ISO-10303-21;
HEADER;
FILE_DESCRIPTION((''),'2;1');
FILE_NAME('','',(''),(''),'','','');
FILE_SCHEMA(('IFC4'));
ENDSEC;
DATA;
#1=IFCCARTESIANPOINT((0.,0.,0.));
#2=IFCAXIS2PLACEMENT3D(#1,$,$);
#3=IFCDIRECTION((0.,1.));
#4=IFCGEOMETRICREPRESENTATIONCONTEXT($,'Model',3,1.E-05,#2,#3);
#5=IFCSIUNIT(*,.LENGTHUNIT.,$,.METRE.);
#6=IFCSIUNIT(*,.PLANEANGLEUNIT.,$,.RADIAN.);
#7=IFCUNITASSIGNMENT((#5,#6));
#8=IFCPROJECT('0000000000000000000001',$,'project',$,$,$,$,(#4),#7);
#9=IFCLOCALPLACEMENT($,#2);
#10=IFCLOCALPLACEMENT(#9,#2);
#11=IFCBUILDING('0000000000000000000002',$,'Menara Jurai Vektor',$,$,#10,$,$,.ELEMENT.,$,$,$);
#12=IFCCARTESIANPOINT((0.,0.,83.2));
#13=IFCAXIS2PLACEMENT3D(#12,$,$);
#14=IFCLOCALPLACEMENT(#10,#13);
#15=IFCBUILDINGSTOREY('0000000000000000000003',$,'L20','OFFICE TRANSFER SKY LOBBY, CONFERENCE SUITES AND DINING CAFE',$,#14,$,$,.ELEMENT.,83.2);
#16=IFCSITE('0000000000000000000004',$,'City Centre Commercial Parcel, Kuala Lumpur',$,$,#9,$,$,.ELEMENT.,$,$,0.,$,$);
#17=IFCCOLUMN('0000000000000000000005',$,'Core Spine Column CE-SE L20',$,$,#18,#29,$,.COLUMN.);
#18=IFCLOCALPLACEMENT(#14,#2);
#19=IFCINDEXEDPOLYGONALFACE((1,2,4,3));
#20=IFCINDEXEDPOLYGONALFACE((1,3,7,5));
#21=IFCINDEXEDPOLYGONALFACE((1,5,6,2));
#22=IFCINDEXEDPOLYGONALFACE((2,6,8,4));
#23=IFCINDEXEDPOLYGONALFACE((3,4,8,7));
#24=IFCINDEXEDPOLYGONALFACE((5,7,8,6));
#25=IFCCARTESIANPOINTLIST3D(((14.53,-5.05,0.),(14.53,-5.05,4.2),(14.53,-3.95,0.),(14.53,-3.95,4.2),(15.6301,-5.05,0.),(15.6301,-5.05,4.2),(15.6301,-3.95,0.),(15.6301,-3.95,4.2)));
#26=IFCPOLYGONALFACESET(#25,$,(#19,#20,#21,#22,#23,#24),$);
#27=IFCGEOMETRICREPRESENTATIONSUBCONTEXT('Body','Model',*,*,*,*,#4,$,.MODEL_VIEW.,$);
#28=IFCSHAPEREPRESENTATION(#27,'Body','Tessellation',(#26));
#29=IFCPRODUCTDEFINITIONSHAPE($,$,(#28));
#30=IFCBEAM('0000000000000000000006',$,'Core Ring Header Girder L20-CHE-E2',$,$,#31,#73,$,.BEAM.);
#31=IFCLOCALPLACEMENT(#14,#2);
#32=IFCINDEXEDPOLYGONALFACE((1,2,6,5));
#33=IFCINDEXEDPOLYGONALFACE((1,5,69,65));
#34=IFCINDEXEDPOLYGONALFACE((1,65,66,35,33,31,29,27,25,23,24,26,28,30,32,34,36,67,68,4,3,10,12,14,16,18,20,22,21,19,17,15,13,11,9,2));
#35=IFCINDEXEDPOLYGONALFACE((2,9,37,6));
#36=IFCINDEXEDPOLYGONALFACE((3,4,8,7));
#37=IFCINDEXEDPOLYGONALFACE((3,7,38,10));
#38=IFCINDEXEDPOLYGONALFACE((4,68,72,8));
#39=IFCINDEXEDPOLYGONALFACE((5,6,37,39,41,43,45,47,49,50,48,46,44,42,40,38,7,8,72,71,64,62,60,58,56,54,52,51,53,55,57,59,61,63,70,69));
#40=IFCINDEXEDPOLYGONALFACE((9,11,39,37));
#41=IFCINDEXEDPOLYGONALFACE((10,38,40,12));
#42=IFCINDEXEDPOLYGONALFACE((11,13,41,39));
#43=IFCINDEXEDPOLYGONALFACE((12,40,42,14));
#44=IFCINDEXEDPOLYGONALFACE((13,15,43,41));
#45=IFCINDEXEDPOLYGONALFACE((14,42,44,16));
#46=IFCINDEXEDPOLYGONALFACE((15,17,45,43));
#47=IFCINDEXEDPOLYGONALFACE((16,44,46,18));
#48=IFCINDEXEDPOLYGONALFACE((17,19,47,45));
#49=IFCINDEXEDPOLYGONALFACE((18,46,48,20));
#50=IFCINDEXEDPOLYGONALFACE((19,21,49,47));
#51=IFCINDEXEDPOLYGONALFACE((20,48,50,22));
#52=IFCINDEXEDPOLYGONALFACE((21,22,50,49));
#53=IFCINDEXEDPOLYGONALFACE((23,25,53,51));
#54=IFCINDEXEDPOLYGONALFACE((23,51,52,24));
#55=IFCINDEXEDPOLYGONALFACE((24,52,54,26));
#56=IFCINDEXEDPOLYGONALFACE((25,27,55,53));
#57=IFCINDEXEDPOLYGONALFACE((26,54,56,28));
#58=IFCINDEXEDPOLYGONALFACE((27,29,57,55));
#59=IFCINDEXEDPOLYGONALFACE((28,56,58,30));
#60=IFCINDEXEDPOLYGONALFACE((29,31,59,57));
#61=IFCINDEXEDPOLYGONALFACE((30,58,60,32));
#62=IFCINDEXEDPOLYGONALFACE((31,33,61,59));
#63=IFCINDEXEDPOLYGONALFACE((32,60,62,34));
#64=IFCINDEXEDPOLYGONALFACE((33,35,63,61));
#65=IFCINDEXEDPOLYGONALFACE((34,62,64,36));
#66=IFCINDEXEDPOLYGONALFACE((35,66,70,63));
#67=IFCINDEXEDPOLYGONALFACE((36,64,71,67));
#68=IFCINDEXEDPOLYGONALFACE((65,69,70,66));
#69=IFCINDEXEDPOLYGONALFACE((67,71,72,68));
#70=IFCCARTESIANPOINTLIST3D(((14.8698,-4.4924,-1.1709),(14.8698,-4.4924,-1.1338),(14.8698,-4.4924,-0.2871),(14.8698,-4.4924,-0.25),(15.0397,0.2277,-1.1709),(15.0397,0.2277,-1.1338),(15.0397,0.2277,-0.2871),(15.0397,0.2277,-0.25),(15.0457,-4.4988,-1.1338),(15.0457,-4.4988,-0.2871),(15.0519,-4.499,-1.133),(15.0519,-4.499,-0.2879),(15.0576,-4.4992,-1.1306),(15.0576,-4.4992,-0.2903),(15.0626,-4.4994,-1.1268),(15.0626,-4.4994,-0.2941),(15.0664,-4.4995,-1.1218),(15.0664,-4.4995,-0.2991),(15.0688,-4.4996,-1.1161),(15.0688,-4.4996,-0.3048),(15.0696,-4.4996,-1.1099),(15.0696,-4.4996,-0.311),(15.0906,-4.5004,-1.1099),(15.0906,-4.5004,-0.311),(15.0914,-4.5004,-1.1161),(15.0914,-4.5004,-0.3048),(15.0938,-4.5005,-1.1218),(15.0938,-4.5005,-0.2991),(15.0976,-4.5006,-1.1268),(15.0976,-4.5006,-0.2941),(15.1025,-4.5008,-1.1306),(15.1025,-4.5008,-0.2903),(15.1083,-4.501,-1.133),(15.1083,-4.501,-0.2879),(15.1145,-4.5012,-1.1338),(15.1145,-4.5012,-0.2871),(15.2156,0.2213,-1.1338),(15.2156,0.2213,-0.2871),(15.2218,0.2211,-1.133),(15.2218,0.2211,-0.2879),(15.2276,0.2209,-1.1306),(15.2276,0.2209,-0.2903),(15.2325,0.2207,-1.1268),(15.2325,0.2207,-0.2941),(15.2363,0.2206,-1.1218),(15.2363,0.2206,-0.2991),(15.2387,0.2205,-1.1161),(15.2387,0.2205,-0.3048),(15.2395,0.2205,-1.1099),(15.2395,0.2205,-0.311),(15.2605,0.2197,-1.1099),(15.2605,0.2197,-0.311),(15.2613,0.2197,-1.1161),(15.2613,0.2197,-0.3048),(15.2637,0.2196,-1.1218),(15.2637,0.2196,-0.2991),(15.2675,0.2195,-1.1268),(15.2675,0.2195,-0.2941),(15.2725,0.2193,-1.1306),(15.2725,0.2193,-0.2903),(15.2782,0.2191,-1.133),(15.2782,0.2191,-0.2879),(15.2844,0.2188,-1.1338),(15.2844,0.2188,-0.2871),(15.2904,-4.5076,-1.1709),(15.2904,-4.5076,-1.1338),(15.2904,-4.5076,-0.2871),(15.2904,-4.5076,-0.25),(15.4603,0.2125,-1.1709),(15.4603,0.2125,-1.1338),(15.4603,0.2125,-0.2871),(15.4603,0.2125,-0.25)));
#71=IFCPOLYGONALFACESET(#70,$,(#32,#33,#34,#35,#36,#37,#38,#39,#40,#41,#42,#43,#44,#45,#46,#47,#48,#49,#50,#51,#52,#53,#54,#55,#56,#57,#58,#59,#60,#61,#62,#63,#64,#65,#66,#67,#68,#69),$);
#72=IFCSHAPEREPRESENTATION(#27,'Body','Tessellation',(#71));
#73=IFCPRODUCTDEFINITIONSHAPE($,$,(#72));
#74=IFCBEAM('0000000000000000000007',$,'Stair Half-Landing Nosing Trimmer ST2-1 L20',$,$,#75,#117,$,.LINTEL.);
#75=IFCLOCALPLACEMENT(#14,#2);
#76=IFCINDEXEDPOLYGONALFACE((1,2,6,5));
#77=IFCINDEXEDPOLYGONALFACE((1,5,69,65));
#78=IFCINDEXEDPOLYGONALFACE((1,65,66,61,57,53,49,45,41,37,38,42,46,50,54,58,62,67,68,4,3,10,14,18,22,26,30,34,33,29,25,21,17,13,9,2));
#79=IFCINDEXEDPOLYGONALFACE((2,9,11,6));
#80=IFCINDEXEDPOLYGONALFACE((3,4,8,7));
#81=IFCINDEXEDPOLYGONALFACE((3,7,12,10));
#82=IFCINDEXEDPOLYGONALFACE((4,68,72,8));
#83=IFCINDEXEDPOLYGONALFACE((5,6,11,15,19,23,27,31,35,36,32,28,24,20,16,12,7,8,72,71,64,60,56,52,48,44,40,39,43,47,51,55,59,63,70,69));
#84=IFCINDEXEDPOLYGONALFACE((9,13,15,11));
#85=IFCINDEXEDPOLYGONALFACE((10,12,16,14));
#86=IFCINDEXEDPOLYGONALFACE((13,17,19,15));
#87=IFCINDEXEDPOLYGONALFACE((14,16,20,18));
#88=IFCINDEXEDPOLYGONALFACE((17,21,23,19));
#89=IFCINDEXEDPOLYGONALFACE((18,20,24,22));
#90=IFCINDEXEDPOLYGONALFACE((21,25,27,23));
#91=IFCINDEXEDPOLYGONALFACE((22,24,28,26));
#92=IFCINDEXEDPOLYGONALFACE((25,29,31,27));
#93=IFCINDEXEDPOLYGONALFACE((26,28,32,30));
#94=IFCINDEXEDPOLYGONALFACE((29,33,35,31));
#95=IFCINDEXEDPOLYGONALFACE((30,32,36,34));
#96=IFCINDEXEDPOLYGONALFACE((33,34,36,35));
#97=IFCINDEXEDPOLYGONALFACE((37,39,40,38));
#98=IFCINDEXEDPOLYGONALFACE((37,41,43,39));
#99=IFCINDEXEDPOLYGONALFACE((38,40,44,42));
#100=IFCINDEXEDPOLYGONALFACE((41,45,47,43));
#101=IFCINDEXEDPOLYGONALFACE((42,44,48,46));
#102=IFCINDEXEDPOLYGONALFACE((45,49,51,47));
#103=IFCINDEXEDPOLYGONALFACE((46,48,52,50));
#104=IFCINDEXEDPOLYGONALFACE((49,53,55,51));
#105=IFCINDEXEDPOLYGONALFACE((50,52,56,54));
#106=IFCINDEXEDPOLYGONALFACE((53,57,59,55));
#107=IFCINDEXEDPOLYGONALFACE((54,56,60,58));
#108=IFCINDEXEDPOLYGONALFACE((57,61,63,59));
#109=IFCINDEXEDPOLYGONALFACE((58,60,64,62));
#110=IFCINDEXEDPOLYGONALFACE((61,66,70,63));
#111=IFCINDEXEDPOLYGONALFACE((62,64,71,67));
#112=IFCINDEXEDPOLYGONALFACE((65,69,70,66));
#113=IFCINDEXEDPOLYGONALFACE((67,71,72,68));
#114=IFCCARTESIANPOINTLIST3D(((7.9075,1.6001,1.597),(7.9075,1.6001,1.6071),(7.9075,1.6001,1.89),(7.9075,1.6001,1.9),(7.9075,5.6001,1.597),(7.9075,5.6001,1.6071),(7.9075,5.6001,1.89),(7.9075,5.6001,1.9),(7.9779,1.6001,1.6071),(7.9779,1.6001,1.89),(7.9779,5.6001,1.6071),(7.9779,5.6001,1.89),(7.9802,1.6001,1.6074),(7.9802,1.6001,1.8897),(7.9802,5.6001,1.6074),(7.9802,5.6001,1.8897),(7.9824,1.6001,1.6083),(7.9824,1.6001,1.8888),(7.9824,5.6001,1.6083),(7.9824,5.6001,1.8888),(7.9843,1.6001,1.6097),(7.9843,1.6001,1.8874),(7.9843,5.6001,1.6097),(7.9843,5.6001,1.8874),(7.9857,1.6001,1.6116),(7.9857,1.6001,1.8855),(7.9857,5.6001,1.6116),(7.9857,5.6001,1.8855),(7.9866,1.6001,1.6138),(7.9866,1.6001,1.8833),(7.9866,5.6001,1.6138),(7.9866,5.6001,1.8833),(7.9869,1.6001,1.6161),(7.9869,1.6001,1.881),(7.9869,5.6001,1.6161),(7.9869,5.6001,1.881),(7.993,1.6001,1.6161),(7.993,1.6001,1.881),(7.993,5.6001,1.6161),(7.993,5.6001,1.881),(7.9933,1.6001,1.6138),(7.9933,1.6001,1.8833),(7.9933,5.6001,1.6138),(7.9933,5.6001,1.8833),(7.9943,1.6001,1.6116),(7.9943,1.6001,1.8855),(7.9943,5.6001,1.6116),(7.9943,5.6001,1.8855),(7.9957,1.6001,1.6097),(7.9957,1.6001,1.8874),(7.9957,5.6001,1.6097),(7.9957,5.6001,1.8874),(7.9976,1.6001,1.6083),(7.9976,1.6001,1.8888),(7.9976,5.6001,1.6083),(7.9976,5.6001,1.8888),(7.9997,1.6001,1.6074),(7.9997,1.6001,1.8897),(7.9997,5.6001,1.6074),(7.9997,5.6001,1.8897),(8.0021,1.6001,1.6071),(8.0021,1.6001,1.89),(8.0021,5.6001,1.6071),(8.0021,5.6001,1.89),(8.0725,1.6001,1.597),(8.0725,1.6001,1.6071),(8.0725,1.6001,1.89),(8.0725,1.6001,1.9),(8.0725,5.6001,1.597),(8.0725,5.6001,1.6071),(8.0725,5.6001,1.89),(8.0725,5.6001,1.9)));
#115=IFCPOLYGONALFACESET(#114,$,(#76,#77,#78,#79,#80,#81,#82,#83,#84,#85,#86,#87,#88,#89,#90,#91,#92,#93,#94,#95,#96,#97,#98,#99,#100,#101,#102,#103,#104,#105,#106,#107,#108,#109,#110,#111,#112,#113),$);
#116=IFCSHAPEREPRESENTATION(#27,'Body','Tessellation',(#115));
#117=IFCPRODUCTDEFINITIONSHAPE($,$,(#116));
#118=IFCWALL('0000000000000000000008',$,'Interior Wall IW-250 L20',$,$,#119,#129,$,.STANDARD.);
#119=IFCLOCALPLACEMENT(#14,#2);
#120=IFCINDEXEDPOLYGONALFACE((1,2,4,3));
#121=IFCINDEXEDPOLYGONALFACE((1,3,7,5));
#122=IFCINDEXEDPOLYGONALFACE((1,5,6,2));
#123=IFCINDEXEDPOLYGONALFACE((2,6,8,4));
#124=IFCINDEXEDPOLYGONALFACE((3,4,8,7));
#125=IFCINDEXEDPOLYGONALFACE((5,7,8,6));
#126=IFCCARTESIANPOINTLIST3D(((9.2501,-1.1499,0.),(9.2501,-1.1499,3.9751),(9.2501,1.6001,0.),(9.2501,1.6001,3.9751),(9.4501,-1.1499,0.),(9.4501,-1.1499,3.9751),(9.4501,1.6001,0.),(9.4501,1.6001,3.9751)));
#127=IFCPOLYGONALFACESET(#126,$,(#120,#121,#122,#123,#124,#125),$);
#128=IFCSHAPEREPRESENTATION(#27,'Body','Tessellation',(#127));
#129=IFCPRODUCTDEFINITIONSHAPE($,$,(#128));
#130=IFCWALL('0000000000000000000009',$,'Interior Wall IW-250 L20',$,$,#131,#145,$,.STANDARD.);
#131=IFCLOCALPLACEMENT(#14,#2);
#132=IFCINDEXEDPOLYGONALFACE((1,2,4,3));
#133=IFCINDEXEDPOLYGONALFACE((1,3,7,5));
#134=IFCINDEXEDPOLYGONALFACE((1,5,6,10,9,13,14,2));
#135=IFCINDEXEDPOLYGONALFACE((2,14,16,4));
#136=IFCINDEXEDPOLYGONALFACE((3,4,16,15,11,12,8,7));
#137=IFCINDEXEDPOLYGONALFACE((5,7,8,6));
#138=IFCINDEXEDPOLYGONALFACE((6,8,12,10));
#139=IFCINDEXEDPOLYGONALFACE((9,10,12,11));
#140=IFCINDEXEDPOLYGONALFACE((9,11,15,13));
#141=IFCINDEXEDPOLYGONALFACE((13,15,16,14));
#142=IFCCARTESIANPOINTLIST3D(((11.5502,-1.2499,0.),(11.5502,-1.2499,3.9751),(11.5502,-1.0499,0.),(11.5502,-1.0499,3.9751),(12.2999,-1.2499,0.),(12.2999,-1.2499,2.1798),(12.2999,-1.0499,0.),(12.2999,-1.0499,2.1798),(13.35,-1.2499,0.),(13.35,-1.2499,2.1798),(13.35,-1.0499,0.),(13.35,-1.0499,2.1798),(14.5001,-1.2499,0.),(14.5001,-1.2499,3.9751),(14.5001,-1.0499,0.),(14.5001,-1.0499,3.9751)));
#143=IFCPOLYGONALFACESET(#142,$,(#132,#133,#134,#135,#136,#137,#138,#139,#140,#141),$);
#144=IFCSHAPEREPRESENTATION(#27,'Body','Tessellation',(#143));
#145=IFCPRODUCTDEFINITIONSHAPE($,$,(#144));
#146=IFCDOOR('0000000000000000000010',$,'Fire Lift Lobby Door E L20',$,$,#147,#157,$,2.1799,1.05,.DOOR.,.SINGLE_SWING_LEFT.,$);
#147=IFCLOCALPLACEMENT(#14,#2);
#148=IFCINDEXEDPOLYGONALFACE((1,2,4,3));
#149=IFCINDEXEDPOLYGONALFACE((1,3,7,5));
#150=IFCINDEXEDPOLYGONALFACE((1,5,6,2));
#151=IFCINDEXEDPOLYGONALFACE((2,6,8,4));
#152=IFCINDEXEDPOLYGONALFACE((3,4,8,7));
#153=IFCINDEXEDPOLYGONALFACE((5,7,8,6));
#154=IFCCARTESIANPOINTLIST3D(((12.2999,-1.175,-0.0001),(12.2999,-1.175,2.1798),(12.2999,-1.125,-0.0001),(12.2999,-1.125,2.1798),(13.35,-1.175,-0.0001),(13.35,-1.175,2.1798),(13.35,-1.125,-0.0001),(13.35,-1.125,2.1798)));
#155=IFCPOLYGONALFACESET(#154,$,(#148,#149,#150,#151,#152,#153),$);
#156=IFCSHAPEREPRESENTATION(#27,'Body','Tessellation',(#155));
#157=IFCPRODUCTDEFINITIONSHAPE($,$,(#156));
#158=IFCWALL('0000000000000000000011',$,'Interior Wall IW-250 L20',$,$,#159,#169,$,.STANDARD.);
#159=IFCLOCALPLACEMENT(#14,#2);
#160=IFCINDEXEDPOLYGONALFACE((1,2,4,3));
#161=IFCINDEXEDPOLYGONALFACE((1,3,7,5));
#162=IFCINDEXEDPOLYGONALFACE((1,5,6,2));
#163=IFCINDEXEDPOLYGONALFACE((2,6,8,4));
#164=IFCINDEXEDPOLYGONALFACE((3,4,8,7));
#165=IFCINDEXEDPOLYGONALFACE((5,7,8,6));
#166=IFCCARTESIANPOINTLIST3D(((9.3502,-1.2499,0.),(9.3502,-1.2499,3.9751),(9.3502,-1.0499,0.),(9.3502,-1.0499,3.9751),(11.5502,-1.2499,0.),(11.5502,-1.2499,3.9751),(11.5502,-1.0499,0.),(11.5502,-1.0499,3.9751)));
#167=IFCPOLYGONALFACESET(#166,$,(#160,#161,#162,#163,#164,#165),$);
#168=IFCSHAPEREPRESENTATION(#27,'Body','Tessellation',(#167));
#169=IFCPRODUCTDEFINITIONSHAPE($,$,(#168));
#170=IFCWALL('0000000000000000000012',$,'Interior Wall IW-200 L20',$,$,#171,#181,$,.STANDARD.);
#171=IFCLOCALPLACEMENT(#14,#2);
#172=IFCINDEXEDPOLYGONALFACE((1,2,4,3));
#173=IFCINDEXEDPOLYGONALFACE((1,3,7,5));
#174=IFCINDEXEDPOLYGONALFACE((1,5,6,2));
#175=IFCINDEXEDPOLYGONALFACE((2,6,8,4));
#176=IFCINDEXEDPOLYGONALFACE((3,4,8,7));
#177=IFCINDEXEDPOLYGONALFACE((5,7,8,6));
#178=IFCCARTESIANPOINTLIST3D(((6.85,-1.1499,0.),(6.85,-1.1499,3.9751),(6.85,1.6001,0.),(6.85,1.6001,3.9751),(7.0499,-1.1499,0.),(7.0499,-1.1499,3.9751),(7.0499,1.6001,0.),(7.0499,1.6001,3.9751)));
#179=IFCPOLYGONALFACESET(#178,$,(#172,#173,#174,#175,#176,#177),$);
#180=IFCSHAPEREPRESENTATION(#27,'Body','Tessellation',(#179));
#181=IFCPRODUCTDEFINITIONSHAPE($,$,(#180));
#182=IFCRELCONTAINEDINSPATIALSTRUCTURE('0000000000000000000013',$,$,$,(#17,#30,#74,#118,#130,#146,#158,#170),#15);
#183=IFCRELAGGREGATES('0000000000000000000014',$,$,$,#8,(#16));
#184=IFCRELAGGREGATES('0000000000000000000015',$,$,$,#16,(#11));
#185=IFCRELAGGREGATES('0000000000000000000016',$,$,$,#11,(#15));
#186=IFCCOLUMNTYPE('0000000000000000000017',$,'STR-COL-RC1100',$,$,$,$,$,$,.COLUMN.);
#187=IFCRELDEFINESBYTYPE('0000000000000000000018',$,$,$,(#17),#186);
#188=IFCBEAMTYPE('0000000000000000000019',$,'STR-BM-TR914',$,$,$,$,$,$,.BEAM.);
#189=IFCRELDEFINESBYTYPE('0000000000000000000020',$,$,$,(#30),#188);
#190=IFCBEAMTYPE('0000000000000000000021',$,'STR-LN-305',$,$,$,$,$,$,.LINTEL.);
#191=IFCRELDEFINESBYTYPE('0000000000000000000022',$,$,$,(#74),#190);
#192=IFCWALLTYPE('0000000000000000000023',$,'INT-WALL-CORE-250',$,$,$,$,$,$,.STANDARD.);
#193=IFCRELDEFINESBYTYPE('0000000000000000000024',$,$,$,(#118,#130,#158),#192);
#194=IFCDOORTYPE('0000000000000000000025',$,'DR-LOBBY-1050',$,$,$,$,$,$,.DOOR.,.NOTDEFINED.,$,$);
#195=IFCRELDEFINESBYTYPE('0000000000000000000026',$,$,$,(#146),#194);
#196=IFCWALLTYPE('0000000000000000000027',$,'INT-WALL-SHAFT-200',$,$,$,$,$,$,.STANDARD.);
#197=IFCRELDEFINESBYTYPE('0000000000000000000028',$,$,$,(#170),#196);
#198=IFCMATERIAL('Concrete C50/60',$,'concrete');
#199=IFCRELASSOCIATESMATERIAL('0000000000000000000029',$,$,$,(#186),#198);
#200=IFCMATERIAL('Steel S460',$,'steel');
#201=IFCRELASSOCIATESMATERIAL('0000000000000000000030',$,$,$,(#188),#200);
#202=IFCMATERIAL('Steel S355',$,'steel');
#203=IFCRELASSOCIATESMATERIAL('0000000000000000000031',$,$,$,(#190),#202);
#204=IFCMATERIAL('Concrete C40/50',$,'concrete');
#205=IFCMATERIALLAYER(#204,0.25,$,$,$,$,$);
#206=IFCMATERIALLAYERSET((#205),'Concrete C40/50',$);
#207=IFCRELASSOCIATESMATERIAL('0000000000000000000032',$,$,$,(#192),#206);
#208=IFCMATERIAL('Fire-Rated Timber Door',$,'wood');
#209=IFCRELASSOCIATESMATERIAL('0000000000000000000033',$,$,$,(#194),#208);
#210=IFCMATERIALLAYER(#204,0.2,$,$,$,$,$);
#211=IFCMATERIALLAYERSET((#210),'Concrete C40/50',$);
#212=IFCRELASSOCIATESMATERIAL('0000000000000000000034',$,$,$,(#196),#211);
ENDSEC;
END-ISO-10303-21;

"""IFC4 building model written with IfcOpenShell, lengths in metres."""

from ifc_helpers import new_model, si_unit, direction, frame, frame_2d, origin, origin_2d, place, context, subcontext, project, spatial, rectangle, i_section, extrude, material, layer, layer_set, material_profile, profile_set, type_object, element, fill, save


model = new_model("IFC4")

# Units and contexts
model_context = context("Model", 3, precision=1e-05, world=origin(), true_north=direction((0.0, 1.0)))
body_context = subcontext(model_context, "Body", "Model", "MODEL_VIEW")
ifc_project = project(units=[si_unit("LENGTHUNIT", "METRE"), si_unit("PLANEANGLEUNIT", "RADIAN")], contexts=[model_context])

# Site, building, storey
site_placement = place(None, origin())
site = spatial("IfcSite", under=ifc_project, at=site_placement, Name="City Centre Commercial Parcel, Kuala Lumpur", CompositionType="ELEMENT", RefElevation=0.0)
building_placement = place(site_placement, origin())
building = spatial("IfcBuilding", under=site, at=building_placement, Name="Menara Jurai Vektor", CompositionType="ELEMENT")
storey_placement = place(building_placement, frame((0.0, 0.0, 83.2)))
storey = spatial("IfcBuildingStorey", under=building, at=storey_placement, Name="L20", Description="OFFICE TRANSFER SKY LOBBY, CONFERENCE SUITES AND DINING CAFE", CompositionType="ELEMENT", Elevation=83.2)

# Column
ifc_material_1 = material(Name="Concrete C50/60", Category="concrete")
ifc_material_profile_1 = material_profile(ifc_material_1, rectangle(XDim=1.1001, YDim=1.1001, at=origin_2d()), Name="RC 1100x1100")
ifc_profile_set_1 = profile_set([ifc_material_profile_1], Name="Concrete C50/60")
column_type = type_object("IfcColumnType", Name="STR-COL-RC1100", PredefinedType="COLUMN", material=ifc_profile_set_1)
column_placement = place(storey_placement, frame((15.0801, -4.5, 0.0), z_axis=(0.0, 0.0, 1.0), x_axis=(1.0, 0.0, 0.0)))
element("IfcColumn", 1, at=column_placement, inside=storey, type_object=column_type, Name="Core Spine Column CE-SE L20", PredefinedType="COLUMN", context=body_context, shape_type="SweptSolid", body=[
    extrude(rectangle(XDim=1.1001, YDim=1.1001, at=origin_2d()), origin(), (0.0, 0.0, 1.0), 4.2),
])

# Beams
ifc_material_2 = material(Name="Steel S460", Category="steel")
ifc_material_profile_2 = material_profile(ifc_material_2, i_section(OverallWidth=0.4209, OverallDepth=0.9209, WebThickness=0.021, FlangeThickness=0.0371, FilletRadius=0.0239, at=origin_2d()), Name="UKB 914x419x388")
ifc_profile_set_2 = profile_set([ifc_material_profile_2], Name="Steel S460")
beam_type_1 = type_object("IfcBeamType", Name="STR-BM-TR914", PredefinedType="BEAM", material=ifc_profile_set_2)
beam_1_placement = place(storey_placement, frame((15.0801, -4.5, -0.7104), z_axis=(0.035977, 0.999353, 0.0), x_axis=(-0.999353, 0.035977, 0.0)))
element("IfcBeam", 2, at=beam_1_placement, inside=storey, type_object=beam_type_1, Name="Core Ring Header Girder L20-CHE-E2", PredefinedType="BEAM", context=body_context, shape_type="SweptSolid", body=[
    extrude(i_section(OverallWidth=0.4209, OverallDepth=0.9209, WebThickness=0.021, FlangeThickness=0.0371, FilletRadius=0.0239, at=origin_2d()), origin(), (0.0, 0.0, 1.0), 4.7231),
])
ifc_material_3 = material(Name="Steel S355", Category="steel")
ifc_material_profile_3 = material_profile(ifc_material_3, i_section(OverallWidth=0.165, OverallDepth=0.303, WebThickness=0.0061, FlangeThickness=0.01, FilletRadius=0.009, at=origin_2d()), Name="UKB 305x165x40")
ifc_profile_set_3 = profile_set([ifc_material_profile_3], Name="Steel S355")
beam_type_2 = type_object("IfcBeamType", Name="STR-LN-305", PredefinedType="LINTEL", material=ifc_profile_set_3)
beam_2_placement = place(storey_placement, frame((7.99, 1.6001, 1.7485), z_axis=(0.0, 1.0, 0.0), x_axis=(-1.0, 0.0, 0.0)))
element("IfcBeam", 3, at=beam_2_placement, inside=storey, type_object=beam_type_2, Name="Stair Half-Landing Nosing Trimmer ST2-1 L20", PredefinedType="LINTEL", context=body_context, shape_type="SweptSolid", body=[
    extrude(i_section(OverallWidth=0.165, OverallDepth=0.303, WebThickness=0.0061, FlangeThickness=0.01, FilletRadius=0.009, at=origin_2d()), origin(), (0.0, 0.0, 1.0), 4.0),
])

# Shared definitions
ifc_material_4 = material(Name="Concrete C40/50", Category="concrete")
ifc_layer_1 = layer(ifc_material_4, 0.25)
ifc_layer_set_1 = layer_set([ifc_layer_1], Name="Concrete C40/50")
wall_type_1 = type_object("IfcWallType", Name="INT-WALL-CORE-250", PredefinedType="STANDARD", material=ifc_layer_set_1)

# Wall
wall_1_placement = place(storey_placement, frame((9.3501, -1.1499, 0.0), z_axis=(0.0, 0.0, 1.0), x_axis=(0.0, 1.0, 0.0)))
element("IfcWall", 4, at=wall_1_placement, inside=storey, type_object=wall_type_1, Name="Interior Wall IW-250 L20", PredefinedType="STANDARD", context=body_context, shape_type="SweptSolid", body=[
    extrude(rectangle(XDim=2.75, YDim=0.2, at=frame_2d((1.375, 0.0))), origin(), (0.0, 0.0, 1.0), 3.9751),
])

# Wall, opening, door
wall_2_placement = place(storey_placement, frame((11.55, -1.1499, 0.0), z_axis=(0.0, 0.0, 1.0), x_axis=(1.0, 0.0, 0.0)))
wall_2 = element("IfcWall", 5, at=wall_2_placement, inside=storey, type_object=wall_type_1, Name="Interior Wall IW-250 L20", PredefinedType="STANDARD", context=body_context, shape_type="SweptSolid", body=[
    extrude(rectangle(XDim=2.95, YDim=0.2, at=frame_2d((1.4751, 0.0))), origin(), (0.0, 0.0, 1.0), 3.9751),
])
opening_1_placement = place(wall_2_placement, frame((0.75, 0.0, 0.0)))
opening_1 = element("IfcOpeningElement", 6, at=opening_1_placement, cuts=wall_2, PredefinedType="OPENING", context=body_context, shape_type="SweptSolid", body=[
    extrude(rectangle(XDim=1.05, YDim=2.1799, at=frame_2d((0.5249, 1.0898))), frame((0.0, 0.1099, 0.0), z_axis=(0.0, -1.0, 0.0), x_axis=(1.0, 0.0, 0.0)), (0.0, 0.0, 1.0), 0.22),
])
ifc_material_5 = material(Name="Fire-Rated Timber Door", Category="wood")
door_type_1 = type_object("IfcDoorType", Name="DR-LOBBY-1050", OperationType="NOTDEFINED", PredefinedType="DOOR", material=ifc_material_5)
door_1_placement = place(opening_1_placement, origin())
door_1 = element("IfcDoor", 7, at=door_1_placement, inside=storey, type_object=door_type_1, Name="Fire Lift Lobby Door E L20", OperationType="SINGLE_SWING_LEFT", OverallHeight=2.1799, OverallWidth=1.05, PredefinedType="DOOR", context=body_context, shape_type="SweptSolid", body=[
    extrude(rectangle(XDim=1.05, YDim=2.1799, at=frame_2d((0.5249, 1.0898))), frame((0.0, 0.0249, 0.0), z_axis=(0.0, -1.0, 0.0), x_axis=(1.0, 0.0, 0.0)), (0.0, 0.0, 1.0), 0.05),
])
fill(opening_1, door_1)

# Walls
wall_3_placement = place(storey_placement, frame((9.3501, -1.1499, 0.0), z_axis=(0.0, 0.0, 1.0), x_axis=(1.0, 0.0, 0.0)))
element("IfcWall", 8, at=wall_3_placement, inside=storey, type_object=wall_type_1, Name="Interior Wall IW-250 L20", PredefinedType="STANDARD", context=body_context, shape_type="SweptSolid", body=[
    extrude(rectangle(XDim=2.2, YDim=0.2, at=frame_2d((1.1001, 0.0))), origin(), (0.0, 0.0, 1.0), 3.9751),
])
ifc_layer_2 = layer(ifc_material_4, 0.2)
ifc_layer_set_2 = layer_set([ifc_layer_2], Name="Concrete C40/50")
wall_type_2 = type_object("IfcWallType", Name="INT-WALL-SHAFT-200", PredefinedType="STANDARD", material=ifc_layer_set_2)
wall_4_placement = place(storey_placement, frame((6.95, -1.1499, 0.0), z_axis=(0.0, 0.0, 1.0), x_axis=(0.0, 1.0, 0.0)))
element("IfcWall", 9, at=wall_4_placement, inside=storey, type_object=wall_type_2, Name="Interior Wall IW-200 L20", PredefinedType="STANDARD", context=body_context, shape_type="SweptSolid", body=[
    extrude(rectangle(XDim=2.75, YDim=0.2, at=frame_2d((1.375, 0.0))), origin(), (0.0, 0.0, 1.0), 3.9751),
])

save(model, "model.ifc")
